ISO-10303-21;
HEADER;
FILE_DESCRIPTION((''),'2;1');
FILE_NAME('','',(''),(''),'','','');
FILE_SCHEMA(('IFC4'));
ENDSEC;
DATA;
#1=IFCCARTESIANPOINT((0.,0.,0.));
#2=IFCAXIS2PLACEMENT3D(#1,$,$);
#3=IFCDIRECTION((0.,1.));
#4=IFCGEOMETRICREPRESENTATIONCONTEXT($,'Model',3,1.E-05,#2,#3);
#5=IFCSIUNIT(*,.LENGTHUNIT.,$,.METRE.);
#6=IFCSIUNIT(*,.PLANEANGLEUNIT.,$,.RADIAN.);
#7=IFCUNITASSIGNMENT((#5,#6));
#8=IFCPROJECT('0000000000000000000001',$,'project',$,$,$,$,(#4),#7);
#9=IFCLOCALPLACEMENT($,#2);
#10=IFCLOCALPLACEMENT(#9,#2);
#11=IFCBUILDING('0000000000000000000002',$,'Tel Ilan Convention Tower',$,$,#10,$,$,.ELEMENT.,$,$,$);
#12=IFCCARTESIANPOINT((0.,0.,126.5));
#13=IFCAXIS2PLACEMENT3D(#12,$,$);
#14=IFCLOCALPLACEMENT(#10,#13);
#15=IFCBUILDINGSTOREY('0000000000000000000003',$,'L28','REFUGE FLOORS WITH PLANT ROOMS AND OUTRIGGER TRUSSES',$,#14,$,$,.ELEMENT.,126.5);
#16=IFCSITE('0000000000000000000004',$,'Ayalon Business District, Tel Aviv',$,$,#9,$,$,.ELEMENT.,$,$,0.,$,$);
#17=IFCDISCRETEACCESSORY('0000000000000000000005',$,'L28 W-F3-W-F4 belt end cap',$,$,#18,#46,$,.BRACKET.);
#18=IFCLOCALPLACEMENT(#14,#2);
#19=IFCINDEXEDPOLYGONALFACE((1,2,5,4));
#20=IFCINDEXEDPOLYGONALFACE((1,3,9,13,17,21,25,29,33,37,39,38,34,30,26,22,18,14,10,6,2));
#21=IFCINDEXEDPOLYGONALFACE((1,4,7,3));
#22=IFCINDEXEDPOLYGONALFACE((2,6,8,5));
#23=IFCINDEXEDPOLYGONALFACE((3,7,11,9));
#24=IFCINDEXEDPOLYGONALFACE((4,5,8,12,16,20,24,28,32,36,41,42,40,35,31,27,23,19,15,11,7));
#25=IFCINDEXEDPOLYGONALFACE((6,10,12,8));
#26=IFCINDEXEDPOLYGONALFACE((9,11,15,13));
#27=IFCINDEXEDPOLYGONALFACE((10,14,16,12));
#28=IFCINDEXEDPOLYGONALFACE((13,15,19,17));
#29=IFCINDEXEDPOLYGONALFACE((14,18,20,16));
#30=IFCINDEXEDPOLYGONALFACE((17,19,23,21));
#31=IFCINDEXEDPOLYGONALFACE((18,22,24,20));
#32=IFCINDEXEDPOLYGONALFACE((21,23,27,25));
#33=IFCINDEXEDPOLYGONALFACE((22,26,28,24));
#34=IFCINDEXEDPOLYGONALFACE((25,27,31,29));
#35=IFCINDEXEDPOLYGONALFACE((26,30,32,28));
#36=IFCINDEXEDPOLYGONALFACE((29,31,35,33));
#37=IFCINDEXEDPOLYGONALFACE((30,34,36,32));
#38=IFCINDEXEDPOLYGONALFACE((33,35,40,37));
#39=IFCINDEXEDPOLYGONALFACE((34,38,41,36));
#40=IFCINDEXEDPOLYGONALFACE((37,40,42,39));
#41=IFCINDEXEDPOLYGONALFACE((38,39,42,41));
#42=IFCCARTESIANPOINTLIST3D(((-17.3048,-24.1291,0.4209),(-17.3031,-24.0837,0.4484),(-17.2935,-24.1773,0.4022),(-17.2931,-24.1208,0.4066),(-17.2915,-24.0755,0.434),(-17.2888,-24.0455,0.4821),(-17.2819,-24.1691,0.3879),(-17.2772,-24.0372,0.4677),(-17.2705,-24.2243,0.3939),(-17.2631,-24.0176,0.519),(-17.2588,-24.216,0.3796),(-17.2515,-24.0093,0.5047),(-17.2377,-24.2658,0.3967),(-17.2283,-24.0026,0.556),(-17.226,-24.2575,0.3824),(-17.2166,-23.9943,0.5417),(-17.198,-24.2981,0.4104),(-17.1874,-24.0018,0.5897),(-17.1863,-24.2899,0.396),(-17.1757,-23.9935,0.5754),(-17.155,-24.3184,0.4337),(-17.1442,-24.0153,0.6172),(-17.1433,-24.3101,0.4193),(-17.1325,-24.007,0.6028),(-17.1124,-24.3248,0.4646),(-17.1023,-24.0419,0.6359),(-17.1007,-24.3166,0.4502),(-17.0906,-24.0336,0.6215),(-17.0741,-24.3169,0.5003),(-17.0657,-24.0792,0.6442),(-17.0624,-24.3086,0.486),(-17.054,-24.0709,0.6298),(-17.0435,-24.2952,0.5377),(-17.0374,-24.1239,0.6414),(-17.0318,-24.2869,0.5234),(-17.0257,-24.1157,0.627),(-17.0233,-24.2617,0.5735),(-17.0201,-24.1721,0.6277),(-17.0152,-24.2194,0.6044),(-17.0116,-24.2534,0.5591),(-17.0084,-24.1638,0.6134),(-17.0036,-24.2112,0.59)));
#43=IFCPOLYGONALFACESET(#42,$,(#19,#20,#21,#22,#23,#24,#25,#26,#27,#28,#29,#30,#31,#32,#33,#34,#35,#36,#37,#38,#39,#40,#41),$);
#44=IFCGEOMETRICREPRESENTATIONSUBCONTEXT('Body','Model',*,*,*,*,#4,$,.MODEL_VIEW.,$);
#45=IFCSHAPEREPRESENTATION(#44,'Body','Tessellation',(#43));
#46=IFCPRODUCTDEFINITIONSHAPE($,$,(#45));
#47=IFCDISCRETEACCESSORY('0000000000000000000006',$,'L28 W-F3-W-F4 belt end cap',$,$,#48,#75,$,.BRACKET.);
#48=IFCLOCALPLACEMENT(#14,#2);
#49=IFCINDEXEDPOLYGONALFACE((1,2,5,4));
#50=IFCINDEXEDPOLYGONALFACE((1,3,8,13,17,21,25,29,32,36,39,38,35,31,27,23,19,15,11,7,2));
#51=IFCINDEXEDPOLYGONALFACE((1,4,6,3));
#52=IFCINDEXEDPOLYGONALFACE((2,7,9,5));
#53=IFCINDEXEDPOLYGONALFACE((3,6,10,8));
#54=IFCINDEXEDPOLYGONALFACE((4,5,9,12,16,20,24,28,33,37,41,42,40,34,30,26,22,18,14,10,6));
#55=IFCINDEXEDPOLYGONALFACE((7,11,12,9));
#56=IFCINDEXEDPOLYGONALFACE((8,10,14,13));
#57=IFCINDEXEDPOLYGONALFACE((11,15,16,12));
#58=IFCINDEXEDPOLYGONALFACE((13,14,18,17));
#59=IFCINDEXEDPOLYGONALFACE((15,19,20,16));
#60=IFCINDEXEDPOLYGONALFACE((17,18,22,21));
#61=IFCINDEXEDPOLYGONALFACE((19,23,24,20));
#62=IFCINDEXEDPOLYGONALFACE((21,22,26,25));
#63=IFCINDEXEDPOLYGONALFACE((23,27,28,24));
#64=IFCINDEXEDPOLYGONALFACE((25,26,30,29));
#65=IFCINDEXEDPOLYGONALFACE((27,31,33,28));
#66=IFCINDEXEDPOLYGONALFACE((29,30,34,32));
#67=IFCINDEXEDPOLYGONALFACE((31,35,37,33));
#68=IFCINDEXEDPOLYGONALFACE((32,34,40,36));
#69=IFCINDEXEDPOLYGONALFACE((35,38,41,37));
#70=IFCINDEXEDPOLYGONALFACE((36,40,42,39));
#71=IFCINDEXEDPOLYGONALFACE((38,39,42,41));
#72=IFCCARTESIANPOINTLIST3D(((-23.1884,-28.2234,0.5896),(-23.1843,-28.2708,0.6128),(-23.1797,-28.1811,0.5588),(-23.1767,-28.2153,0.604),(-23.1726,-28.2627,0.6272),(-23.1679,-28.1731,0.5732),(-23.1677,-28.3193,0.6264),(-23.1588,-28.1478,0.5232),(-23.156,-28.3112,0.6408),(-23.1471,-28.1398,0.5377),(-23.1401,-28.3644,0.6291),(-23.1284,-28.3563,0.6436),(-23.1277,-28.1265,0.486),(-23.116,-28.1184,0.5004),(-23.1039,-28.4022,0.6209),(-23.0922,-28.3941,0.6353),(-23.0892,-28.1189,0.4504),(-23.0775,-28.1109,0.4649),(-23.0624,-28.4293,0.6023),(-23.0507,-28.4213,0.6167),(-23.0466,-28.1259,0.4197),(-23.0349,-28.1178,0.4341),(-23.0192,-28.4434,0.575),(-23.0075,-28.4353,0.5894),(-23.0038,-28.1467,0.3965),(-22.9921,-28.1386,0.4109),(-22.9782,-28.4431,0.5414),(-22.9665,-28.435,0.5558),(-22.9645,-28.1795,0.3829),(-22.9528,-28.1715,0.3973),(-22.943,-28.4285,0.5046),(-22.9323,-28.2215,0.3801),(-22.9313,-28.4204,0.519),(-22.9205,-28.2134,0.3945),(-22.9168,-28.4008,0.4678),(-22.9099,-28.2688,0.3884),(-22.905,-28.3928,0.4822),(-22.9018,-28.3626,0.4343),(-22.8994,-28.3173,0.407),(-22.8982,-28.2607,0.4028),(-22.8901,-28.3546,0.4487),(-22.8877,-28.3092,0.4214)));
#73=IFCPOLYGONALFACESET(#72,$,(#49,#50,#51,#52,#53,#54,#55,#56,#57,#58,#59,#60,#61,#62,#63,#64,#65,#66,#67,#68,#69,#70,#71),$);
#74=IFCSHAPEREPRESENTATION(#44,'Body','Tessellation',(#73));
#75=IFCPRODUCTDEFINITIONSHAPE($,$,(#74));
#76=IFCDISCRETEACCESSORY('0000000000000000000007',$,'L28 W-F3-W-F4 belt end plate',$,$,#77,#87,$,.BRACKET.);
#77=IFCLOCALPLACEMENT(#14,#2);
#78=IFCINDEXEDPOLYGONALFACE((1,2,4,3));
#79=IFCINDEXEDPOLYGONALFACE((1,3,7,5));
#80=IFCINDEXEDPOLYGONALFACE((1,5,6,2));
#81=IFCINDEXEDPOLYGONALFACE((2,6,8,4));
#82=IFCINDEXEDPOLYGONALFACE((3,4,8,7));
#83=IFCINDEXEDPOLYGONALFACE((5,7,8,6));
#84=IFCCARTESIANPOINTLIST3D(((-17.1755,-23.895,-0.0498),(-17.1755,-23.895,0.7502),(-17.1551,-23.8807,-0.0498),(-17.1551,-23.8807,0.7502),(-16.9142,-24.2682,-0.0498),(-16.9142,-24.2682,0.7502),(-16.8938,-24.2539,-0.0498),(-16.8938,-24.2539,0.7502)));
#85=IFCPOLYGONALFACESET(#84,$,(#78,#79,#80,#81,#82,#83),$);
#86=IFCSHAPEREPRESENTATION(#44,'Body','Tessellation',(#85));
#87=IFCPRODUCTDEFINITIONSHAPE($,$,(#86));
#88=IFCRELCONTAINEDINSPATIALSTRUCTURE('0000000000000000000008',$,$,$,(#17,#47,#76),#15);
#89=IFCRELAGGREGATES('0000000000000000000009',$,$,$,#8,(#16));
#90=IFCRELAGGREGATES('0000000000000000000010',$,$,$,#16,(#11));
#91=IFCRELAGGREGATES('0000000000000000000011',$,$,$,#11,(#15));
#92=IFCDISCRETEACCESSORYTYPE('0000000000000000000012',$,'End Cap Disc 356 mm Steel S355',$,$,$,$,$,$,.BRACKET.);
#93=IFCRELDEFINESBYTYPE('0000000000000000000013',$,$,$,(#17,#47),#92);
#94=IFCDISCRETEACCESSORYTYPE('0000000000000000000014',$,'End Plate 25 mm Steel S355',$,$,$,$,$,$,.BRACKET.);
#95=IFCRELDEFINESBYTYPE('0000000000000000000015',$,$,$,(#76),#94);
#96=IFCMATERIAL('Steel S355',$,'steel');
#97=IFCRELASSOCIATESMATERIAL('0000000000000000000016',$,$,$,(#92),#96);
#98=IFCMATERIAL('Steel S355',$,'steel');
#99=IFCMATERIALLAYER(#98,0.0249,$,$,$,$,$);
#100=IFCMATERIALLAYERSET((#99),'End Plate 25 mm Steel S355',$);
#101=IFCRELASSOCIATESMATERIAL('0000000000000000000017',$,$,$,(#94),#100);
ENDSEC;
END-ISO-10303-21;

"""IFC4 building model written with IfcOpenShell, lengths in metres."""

from ifc_helpers import new_model, si_unit, direction, frame, origin, origin_2d, place, context, subcontext, project, spatial, rectangle, circle, extrude, material, layer, layer_set, material_profile, profile_set, type_object, element, save


model = new_model("IFC4")

# Units and contexts
model_context = context("Model", 3, precision=1e-05, world=origin(), true_north=direction((0.0, 1.0)))
body_context = subcontext(model_context, "Body", "Model", "MODEL_VIEW")
ifc_project = project(units=[si_unit("LENGTHUNIT", "METRE"), si_unit("PLANEANGLEUNIT", "RADIAN")], contexts=[model_context])

# Site, building, storey
site_placement = place(None, origin())
site = spatial("IfcSite", under=ifc_project, at=site_placement, Name="Ayalon Business District, Tel Aviv", CompositionType="ELEMENT", RefElevation=0.0)
building_placement = place(site_placement, origin())
building = spatial("IfcBuilding", under=site, at=building_placement, Name="Tel Ilan Convention Tower", CompositionType="ELEMENT")
storey_placement = place(building_placement, frame((0.0, 0.0, 126.5)))
storey = spatial("IfcBuildingStorey", under=building, at=storey_placement, Name="L28", Description="REFUGE FLOORS WITH PLANT ROOMS AND OUTRIGGER TRUSSES", CompositionType="ELEMENT", Elevation=126.5)

# Discrete accessories
ifc_material_1 = material(Name="Steel S355", Category="steel")
ifc_material_profile_1 = material_profile(ifc_material_1, circle(Radius=0.1777, at=origin_2d()), Name="End Cap Disc 356 mm Steel S355")
ifc_profile_set_1 = profile_set([ifc_material_profile_1], Name="Steel S355")
discrete_accessory_type_1 = type_object("IfcDiscreteAccessoryType", Name="End Cap Disc 356 mm Steel S355", PredefinedType="BRACKET", material=ifc_profile_set_1)
for number, where, z_axis, x_axis, name in (
    (1, (-17.1604, -24.1626, 0.519), (0.576143, 0.408101, -0.708176), (-0.578017, 0.816024, 0.0), "L28 W-F3-W-F4 belt end cap"),
    (2, (-23.032, -28.2739, 0.519), (-0.578944, -0.398024, -0.711619), (0.566529, -0.824042, 0.0), "L28 W-F3-W-F4 belt end cap"),
):
    element("IfcDiscreteAccessory", number, at=place(storey_placement, frame(where, z_axis=z_axis, x_axis=x_axis)), inside=storey, type_object=discrete_accessory_type_1, Name=name, PredefinedType="BRACKET", context=body_context, shape_type="SweptSolid", body=[
        extrude(circle(Radius=0.1777, at=origin_2d()), origin(), (0.0, 0.0, 1.0), 0.0203),
    ])
ifc_material_2 = material(Name="Steel S355", Category="steel")
ifc_layer_1 = layer(ifc_material_2, 0.0249)
ifc_layer_set_1 = layer_set([ifc_layer_1], Name="End Plate 25 mm Steel S355")
discrete_accessory_type_2 = type_object("IfcDiscreteAccessoryType", Name="End Plate 25 mm Steel S355", PredefinedType="BRACKET", material=ifc_layer_set_1)
discrete_accessory_placement = place(storey_placement, frame((-17.0347, -24.0745, -0.0498), z_axis=(0.0, 0.0, 1.0), x_axis=(0.819152, 0.573576, 0.0)))
element("IfcDiscreteAccessory", 3, at=discrete_accessory_placement, inside=storey, type_object=discrete_accessory_type_2, Name="L28 W-F3-W-F4 belt end plate", PredefinedType="BRACKET", context=body_context, shape_type="SweptSolid", body=[
    extrude(rectangle(XDim=0.0249, YDim=0.4556, at=origin_2d()), origin(), (0.0, 0.0, 1.0), 0.8),
])

save(model, "model.ifc")
